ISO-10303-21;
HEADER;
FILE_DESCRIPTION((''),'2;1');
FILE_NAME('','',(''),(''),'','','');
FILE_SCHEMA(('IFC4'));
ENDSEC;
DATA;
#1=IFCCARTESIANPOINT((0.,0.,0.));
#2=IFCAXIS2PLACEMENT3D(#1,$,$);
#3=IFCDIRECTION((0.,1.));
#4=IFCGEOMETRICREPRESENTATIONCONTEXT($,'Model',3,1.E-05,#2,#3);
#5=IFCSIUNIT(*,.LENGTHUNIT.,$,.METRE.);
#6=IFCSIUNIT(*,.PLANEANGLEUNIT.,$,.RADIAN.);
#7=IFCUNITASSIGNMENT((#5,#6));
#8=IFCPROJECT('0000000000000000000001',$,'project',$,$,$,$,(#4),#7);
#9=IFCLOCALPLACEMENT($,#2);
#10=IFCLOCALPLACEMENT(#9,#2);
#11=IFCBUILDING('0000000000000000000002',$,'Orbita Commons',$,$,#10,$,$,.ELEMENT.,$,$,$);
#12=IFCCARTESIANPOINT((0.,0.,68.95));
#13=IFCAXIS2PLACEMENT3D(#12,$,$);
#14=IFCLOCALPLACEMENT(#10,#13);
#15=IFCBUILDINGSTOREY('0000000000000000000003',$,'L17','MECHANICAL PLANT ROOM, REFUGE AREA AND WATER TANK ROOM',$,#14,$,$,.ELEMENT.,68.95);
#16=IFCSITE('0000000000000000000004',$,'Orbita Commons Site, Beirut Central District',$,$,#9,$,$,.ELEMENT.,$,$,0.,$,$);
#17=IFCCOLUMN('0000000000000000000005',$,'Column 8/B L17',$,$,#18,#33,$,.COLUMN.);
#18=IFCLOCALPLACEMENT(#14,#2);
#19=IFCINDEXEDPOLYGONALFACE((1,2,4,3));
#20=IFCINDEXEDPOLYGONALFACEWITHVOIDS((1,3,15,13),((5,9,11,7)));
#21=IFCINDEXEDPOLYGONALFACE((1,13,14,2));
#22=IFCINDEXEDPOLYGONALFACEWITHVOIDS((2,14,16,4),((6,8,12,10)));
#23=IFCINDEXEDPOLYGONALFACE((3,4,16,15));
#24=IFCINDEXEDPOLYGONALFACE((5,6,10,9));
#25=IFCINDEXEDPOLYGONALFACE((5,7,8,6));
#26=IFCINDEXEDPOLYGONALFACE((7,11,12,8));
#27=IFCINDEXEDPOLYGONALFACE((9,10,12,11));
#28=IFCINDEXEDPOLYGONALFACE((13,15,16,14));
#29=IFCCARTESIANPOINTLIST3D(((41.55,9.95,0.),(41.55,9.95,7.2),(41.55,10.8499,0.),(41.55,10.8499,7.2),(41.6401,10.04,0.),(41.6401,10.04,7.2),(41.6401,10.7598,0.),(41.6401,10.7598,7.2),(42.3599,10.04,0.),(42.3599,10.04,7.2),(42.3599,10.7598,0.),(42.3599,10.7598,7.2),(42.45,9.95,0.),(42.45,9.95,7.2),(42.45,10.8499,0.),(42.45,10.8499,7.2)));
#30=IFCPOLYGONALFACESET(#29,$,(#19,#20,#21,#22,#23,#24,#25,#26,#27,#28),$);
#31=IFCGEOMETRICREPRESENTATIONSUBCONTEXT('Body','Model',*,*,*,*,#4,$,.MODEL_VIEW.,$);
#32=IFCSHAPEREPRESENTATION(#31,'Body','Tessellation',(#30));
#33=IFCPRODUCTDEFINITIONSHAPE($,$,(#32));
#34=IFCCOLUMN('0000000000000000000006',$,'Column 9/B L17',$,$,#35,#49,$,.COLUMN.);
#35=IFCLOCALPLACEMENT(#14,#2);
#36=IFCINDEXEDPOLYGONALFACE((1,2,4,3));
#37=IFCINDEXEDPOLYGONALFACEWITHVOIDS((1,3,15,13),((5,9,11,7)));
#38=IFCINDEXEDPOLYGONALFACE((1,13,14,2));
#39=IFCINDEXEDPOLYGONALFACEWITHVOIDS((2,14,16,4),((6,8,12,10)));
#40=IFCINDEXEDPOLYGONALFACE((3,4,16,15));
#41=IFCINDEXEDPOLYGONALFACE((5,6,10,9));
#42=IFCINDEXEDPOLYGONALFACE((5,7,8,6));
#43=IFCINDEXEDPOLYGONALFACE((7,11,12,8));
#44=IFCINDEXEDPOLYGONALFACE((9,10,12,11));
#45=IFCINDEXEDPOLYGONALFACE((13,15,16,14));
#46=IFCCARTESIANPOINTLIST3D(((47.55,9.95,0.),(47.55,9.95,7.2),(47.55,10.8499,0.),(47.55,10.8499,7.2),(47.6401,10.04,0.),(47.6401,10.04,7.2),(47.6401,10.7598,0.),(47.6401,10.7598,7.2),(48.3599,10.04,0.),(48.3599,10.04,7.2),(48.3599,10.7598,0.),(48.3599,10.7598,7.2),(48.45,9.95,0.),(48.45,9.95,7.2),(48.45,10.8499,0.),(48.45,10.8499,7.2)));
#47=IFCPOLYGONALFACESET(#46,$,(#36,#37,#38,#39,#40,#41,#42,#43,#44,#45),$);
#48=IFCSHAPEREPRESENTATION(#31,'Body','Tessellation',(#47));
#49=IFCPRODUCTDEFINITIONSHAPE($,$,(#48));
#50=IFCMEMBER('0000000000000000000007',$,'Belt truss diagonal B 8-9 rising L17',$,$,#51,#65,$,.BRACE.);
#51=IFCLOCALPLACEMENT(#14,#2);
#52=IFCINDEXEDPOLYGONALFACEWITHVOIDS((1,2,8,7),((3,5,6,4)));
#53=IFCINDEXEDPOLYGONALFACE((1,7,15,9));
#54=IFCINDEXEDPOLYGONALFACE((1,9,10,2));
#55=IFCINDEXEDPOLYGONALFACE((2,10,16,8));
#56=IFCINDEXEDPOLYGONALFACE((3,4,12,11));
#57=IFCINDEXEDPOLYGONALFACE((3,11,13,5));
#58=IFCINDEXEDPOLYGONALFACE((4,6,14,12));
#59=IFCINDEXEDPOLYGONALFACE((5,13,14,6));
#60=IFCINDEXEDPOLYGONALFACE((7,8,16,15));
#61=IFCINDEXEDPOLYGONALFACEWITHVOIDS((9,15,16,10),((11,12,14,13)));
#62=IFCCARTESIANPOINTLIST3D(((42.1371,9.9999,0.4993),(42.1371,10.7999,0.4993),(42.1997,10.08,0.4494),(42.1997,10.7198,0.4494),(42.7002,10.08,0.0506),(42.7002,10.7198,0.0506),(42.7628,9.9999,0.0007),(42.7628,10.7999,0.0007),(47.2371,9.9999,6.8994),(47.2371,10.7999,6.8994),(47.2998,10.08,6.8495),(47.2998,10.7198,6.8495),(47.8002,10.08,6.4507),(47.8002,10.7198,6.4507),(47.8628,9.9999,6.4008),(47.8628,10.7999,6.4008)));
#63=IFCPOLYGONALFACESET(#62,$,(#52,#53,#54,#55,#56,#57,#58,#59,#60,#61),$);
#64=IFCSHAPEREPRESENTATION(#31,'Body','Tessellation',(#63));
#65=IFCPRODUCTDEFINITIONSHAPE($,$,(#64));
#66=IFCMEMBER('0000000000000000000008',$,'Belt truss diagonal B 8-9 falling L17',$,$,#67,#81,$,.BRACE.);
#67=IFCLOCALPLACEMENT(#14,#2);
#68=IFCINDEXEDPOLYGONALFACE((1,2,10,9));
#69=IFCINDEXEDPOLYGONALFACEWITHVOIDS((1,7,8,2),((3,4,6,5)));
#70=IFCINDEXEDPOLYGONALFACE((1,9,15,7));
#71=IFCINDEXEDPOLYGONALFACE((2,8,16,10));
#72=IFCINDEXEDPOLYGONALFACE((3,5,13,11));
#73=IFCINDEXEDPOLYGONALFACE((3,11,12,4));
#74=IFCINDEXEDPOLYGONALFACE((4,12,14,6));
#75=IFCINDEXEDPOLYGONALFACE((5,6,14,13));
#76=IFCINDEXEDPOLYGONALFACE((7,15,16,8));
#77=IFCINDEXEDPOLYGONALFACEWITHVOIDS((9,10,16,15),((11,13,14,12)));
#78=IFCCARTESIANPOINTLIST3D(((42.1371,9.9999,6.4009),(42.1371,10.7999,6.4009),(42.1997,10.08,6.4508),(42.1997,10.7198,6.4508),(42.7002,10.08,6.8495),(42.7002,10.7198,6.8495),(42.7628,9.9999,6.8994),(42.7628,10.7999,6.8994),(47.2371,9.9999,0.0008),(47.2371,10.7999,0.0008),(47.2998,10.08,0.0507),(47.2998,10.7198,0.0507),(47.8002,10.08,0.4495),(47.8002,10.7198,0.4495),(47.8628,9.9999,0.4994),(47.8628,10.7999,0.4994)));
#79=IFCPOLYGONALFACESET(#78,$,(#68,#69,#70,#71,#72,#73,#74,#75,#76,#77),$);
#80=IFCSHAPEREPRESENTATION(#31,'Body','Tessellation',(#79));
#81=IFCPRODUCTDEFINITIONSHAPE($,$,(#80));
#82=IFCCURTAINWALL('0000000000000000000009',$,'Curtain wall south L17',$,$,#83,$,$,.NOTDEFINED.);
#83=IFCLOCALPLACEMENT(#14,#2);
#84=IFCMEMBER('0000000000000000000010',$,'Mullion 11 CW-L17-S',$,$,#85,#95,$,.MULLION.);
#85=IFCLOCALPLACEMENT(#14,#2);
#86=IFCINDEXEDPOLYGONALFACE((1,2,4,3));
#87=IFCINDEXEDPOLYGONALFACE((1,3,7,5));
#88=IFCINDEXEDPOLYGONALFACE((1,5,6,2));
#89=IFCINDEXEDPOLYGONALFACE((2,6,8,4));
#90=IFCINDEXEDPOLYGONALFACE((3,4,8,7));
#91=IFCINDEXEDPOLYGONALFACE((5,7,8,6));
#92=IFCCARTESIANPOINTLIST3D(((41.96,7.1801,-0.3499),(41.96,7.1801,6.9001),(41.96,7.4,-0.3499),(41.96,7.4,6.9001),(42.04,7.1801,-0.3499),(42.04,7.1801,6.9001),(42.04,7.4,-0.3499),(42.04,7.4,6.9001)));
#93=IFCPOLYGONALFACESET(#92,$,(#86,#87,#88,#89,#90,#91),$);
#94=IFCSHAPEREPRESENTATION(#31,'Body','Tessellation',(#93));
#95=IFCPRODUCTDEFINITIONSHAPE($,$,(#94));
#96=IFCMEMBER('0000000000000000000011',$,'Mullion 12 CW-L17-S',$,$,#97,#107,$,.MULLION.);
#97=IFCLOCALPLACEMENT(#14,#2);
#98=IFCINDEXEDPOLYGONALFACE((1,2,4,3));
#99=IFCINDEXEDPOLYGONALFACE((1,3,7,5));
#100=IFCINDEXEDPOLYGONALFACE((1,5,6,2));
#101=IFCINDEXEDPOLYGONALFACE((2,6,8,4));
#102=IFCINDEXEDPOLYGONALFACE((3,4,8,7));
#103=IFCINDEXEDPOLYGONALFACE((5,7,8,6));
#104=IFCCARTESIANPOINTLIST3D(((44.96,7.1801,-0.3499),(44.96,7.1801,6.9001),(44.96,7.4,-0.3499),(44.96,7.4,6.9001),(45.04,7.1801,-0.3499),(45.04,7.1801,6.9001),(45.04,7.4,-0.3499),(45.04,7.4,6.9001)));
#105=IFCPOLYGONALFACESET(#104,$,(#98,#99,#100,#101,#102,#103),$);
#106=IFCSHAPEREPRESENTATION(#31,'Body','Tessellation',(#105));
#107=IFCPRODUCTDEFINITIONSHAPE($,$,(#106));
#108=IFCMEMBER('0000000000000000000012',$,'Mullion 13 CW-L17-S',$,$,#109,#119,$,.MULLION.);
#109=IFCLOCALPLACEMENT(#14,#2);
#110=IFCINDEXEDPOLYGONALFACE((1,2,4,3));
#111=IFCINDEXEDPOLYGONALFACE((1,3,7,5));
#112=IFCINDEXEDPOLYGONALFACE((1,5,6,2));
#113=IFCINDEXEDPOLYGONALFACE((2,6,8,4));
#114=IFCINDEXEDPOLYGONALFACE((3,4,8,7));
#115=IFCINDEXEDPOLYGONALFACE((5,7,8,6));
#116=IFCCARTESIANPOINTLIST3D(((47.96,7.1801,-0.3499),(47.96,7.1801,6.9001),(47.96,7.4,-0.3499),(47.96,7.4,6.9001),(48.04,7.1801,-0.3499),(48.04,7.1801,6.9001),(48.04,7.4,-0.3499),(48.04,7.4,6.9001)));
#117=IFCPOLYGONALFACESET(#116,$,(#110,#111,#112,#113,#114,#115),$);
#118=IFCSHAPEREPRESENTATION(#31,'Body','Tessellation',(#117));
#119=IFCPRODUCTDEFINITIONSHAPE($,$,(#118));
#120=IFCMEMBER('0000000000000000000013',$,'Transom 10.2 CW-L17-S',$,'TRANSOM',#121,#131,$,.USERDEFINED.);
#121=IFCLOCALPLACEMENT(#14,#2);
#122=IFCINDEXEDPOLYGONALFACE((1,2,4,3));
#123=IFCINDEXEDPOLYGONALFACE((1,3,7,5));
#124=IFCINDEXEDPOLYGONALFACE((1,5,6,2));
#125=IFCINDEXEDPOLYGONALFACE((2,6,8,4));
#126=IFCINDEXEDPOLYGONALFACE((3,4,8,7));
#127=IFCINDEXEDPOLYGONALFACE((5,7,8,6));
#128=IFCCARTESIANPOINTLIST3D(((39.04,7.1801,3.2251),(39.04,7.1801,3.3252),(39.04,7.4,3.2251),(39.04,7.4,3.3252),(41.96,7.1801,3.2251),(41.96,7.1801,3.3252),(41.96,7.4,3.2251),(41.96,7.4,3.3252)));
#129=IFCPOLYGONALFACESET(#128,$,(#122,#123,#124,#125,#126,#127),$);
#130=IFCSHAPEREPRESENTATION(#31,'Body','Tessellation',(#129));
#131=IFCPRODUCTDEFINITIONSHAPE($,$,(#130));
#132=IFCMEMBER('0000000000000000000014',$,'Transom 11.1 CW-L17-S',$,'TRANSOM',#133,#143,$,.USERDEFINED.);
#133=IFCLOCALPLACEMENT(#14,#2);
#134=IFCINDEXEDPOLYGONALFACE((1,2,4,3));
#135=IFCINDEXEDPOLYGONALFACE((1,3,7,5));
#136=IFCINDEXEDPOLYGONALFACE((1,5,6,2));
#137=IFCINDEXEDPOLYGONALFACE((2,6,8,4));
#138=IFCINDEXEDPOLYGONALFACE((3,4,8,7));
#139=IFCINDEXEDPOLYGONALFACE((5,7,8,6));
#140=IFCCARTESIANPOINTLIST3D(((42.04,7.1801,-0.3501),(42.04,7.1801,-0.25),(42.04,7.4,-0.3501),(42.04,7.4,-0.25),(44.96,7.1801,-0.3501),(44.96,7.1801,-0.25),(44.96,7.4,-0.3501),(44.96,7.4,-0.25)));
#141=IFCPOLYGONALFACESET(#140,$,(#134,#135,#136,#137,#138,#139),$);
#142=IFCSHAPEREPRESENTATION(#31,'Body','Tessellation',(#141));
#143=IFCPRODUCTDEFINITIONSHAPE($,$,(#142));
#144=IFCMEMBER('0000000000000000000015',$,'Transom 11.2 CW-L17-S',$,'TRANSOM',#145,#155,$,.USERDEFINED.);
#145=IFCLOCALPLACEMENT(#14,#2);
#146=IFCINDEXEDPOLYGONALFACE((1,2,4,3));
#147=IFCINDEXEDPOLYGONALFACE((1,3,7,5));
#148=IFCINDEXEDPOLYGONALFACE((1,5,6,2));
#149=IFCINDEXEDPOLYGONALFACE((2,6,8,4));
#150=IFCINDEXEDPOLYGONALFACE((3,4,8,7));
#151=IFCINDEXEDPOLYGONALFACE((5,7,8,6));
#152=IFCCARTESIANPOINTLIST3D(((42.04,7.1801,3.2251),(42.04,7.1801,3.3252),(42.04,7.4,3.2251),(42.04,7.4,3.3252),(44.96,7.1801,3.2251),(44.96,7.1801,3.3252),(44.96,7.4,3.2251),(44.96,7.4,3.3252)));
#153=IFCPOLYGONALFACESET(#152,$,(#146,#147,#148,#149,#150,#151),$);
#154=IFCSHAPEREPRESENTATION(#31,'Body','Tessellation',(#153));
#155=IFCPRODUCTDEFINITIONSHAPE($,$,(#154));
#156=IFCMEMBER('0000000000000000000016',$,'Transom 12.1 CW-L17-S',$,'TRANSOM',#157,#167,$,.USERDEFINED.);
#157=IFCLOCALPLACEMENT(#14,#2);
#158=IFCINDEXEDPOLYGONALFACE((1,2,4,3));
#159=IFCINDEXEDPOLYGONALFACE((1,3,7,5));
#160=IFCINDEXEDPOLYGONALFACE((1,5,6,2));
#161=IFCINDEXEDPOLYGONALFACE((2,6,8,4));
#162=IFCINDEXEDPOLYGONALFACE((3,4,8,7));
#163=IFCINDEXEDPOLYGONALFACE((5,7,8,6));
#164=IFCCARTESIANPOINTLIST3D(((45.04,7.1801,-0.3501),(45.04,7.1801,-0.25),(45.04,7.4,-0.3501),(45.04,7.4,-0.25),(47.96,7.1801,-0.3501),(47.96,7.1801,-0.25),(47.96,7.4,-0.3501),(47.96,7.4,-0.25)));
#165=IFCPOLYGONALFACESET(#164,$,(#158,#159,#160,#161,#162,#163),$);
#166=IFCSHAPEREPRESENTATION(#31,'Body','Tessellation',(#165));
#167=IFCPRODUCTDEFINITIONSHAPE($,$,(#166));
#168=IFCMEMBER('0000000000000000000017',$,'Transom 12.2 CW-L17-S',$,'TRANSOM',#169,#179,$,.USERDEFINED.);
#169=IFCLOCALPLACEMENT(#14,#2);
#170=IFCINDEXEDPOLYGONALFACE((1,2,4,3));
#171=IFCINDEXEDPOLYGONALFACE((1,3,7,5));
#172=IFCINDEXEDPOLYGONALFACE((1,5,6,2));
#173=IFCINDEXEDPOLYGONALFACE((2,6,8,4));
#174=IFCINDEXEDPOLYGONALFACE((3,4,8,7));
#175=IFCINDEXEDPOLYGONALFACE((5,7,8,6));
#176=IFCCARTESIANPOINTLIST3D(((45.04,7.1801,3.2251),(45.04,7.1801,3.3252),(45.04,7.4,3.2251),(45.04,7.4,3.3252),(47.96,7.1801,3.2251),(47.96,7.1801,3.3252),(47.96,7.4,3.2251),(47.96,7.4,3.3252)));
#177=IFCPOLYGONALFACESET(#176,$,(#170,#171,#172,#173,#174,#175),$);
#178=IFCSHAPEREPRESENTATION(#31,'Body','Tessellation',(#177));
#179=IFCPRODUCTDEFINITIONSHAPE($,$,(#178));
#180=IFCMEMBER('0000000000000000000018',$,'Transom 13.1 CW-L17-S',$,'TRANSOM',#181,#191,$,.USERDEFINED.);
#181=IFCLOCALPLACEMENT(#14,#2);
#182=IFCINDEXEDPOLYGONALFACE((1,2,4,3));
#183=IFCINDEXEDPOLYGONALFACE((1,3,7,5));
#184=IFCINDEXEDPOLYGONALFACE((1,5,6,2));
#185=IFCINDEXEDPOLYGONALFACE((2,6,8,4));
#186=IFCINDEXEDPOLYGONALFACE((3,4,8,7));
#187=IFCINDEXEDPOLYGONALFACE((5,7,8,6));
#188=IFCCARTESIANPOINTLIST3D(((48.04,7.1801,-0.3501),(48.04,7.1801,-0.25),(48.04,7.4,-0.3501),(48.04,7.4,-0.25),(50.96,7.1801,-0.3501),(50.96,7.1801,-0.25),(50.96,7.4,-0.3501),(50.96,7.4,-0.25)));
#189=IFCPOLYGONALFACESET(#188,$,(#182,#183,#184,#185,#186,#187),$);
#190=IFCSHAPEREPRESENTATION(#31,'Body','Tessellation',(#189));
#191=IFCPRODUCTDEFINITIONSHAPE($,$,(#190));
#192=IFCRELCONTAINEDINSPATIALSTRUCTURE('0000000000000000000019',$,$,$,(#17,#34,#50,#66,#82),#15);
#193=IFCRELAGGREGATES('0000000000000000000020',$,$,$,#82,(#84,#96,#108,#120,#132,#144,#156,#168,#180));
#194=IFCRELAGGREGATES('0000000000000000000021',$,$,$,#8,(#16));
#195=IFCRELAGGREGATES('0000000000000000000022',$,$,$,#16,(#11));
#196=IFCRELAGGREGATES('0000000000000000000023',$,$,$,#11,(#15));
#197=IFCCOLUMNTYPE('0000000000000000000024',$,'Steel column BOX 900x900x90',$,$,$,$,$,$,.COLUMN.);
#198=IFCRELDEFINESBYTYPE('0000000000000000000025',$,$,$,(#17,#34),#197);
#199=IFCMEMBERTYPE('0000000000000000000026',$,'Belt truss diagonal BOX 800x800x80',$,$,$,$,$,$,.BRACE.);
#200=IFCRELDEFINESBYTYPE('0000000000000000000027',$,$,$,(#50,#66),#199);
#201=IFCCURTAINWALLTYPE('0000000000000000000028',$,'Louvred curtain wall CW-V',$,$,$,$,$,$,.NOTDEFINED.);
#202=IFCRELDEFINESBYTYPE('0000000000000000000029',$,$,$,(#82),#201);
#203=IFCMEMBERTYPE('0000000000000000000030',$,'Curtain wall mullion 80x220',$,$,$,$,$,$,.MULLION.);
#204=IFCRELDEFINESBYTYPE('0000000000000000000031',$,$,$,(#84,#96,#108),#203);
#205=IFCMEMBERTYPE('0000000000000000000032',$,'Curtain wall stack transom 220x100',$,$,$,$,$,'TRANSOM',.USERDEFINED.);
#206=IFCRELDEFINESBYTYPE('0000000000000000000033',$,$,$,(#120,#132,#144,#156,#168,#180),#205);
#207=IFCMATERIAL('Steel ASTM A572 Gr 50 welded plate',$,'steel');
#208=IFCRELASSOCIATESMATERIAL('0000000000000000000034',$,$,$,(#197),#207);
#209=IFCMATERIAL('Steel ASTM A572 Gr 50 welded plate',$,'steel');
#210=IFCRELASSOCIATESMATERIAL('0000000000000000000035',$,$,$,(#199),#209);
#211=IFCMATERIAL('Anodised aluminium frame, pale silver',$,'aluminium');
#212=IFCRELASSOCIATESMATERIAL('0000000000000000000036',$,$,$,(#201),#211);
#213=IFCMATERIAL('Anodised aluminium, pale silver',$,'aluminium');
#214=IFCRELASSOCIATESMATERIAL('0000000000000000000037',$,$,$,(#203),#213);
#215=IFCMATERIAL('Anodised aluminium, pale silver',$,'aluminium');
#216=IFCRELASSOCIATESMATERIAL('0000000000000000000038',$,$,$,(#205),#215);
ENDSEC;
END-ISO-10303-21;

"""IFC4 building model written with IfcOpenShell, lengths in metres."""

from ifc_helpers import new_model, si_unit, direction, frame, origin, origin_2d, place, context, subcontext, project, spatial, rectangle, hollow_rectangle, extrude, material, material_profile, profile_set, type_object, element, aggregate, save


model = new_model("IFC4")

# Units and contexts
model_context = context("Model", 3, precision=1e-05, world=origin(), true_north=direction((0.0, 1.0)))
body_context = subcontext(model_context, "Body", "Model", "MODEL_VIEW")
ifc_project = project(units=[si_unit("LENGTHUNIT", "METRE"), si_unit("PLANEANGLEUNIT", "RADIAN")], contexts=[model_context])

# Site, building, storey
site_placement = place(None, origin())
site = spatial("IfcSite", under=ifc_project, at=site_placement, Name="Orbita Commons Site, Beirut Central District", CompositionType="ELEMENT", RefElevation=0.0)
building_placement = place(site_placement, origin())
building = spatial("IfcBuilding", under=site, at=building_placement, Name="Orbita Commons", CompositionType="ELEMENT")
storey_placement = place(building_placement, frame((0.0, 0.0, 68.95)))
storey = spatial("IfcBuildingStorey", under=building, at=storey_placement, Name="L17", Description="MECHANICAL PLANT ROOM, REFUGE AREA AND WATER TANK ROOM", CompositionType="ELEMENT", Elevation=68.95)

# Columns
ifc_material_1 = material(Name="Steel ASTM A572 Gr 50 welded plate", Category="steel")
ifc_material_profile_1 = material_profile(ifc_material_1, hollow_rectangle(XDim=0.8999, YDim=0.8999, WallThickness=0.0901, at=origin_2d()), Name="BOX 900x900x90")
ifc_profile_set_1 = profile_set([ifc_material_profile_1], Name="Steel ASTM A572 Gr 50 welded plate")
column_type = type_object("IfcColumnType", Name="Steel column BOX 900x900x90", PredefinedType="COLUMN", material=ifc_profile_set_1)
for number, where, z_axis, x_axis, name in (
    (1, (42.0, 10.3999, 0.0), (0.0, 0.0, 1.0), (1.0, 0.0, 0.0), "Column 8/B L17"),
    (2, (48.0, 10.3999, 0.0), (0.0, 0.0, 1.0), (1.0, 0.0, 0.0), "Column 9/B L17"),
):
    element("IfcColumn", number, at=place(storey_placement, frame(where, z_axis=z_axis, x_axis=x_axis)), inside=storey, type_object=column_type, Name=name, PredefinedType="COLUMN", context=body_context, shape_type="SweptSolid", body=[
        extrude(hollow_rectangle(XDim=0.8999, YDim=0.8999, WallThickness=0.0901, at=origin_2d()), origin(), (0.0, 0.0, 1.0), 7.2),
    ])

# Members
ifc_material_2 = material(Name="Steel ASTM A572 Gr 50 welded plate", Category="steel")
ifc_material_profile_2 = material_profile(ifc_material_2, hollow_rectangle(XDim=0.8, YDim=0.8, WallThickness=0.0801, at=origin_2d()), Name="BOX 800x800x80")
ifc_profile_set_2 = profile_set([ifc_material_profile_2], Name="Steel ASTM A572 Gr 50 welded plate")
member_type_1 = type_object("IfcMemberType", Name="Belt truss diagonal BOX 800x800x80", PredefinedType="BRACE", material=ifc_profile_set_2)
for number, where, z_axis, x_axis, name in (
    (3, (42.45, 10.3999, 0.25), (0.623202, 0.0, 0.782061), (0.0, 1.0, 0.0), "Belt truss diagonal B 8-9 rising L17"),
    (4, (42.45, 10.3999, 6.6501), (0.623202, 0.0, -0.782061), (0.0, 1.0, 0.0), "Belt truss diagonal B 8-9 falling L17"),
):
    element("IfcMember", number, at=place(storey_placement, frame(where, z_axis=z_axis, x_axis=x_axis)), inside=storey, type_object=member_type_1, Name=name, PredefinedType="BRACE", context=body_context, shape_type="SweptSolid", body=[
        extrude(hollow_rectangle(XDim=0.8, YDim=0.8, WallThickness=0.0801, at=origin_2d()), origin(), (0.0, 0.0, 1.0), 8.1836),
    ])

# Curtain wall, members
ifc_material_3 = material(Name="Anodised aluminium frame, pale silver", Category="aluminium")
curtain_wall_type = type_object("IfcCurtainWallType", Name="Louvred curtain wall CW-V", PredefinedType="NOTDEFINED", material=ifc_material_3)
curtain_wall_placement = place(storey_placement, origin())
curtain_wall = element("IfcCurtainWall", 5, at=curtain_wall_placement, inside=storey, type_object=curtain_wall_type, Name="Curtain wall south L17", PredefinedType="NOTDEFINED")
ifc_material_4 = material(Name="Anodised aluminium, pale silver", Category="aluminium")
ifc_material_profile_3 = material_profile(ifc_material_4, rectangle(XDim=0.0801, YDim=0.22, at=origin_2d()), Name="AL 80x220")
ifc_profile_set_3 = profile_set([ifc_material_profile_3], Name="Anodised aluminium, pale silver")
member_type_2 = type_object("IfcMemberType", Name="Curtain wall mullion 80x220", PredefinedType="MULLION", material=ifc_profile_set_3)
member_1_placement = place(storey_placement, frame((42.0, 7.29, -0.3499), z_axis=(0.0, 0.0, 1.0), x_axis=(1.0, 0.0, 0.0)))
member_1 = element("IfcMember", 6, at=member_1_placement, type_object=member_type_2, Name="Mullion 11 CW-L17-S", PredefinedType="MULLION", context=body_context, shape_type="SweptSolid", body=[
    extrude(rectangle(XDim=0.0801, YDim=0.22, at=origin_2d()), origin(), (0.0, 0.0, 1.0), 7.25),
])
member_2_placement = place(storey_placement, frame((45.0, 7.29, -0.3499), z_axis=(0.0, 0.0, 1.0), x_axis=(1.0, 0.0, 0.0)))
member_2 = element("IfcMember", 7, at=member_2_placement, type_object=member_type_2, Name="Mullion 12 CW-L17-S", PredefinedType="MULLION", context=body_context, shape_type="SweptSolid", body=[
    extrude(rectangle(XDim=0.0801, YDim=0.22, at=origin_2d()), origin(), (0.0, 0.0, 1.0), 7.25),
])
member_3_placement = place(storey_placement, frame((48.0, 7.29, -0.3499), z_axis=(0.0, 0.0, 1.0), x_axis=(1.0, 0.0, 0.0)))
member_3 = element("IfcMember", 8, at=member_3_placement, type_object=member_type_2, Name="Mullion 13 CW-L17-S", PredefinedType="MULLION", context=body_context, shape_type="SweptSolid", body=[
    extrude(rectangle(XDim=0.0801, YDim=0.22, at=origin_2d()), origin(), (0.0, 0.0, 1.0), 7.25),
])
ifc_material_5 = material(Name="Anodised aluminium, pale silver", Category="aluminium")
ifc_material_profile_4 = material_profile(ifc_material_5, rectangle(XDim=0.22, YDim=0.1001, at=origin_2d()), Name="AL 220x100")
ifc_profile_set_4 = profile_set([ifc_material_profile_4], Name="Anodised aluminium, pale silver")
member_type_3 = type_object("IfcMemberType", Name="Curtain wall stack transom 220x100", ElementType="TRANSOM", PredefinedType="USERDEFINED", material=ifc_profile_set_4)
member_4_placement = place(storey_placement, frame((39.04, 7.29, 3.2751), z_axis=(1.0, 0.0, 0.0), x_axis=(0.0, 1.0, 0.0)))
member_4 = element("IfcMember", 9, at=member_4_placement, type_object=member_type_3, Name="Transom 10.2 CW-L17-S", ObjectType="TRANSOM", PredefinedType="USERDEFINED", context=body_context, shape_type="SweptSolid", body=[
    extrude(rectangle(XDim=0.22, YDim=0.1001, at=origin_2d()), origin(), (0.0, 0.0, 1.0), 2.9199),
])
member_5_placement = place(storey_placement, frame((42.04, 7.29, -0.3), z_axis=(1.0, 0.0, 0.0), x_axis=(0.0, 1.0, 0.0)))
member_5 = element("IfcMember", 10, at=member_5_placement, type_object=member_type_3, Name="Transom 11.1 CW-L17-S", ObjectType="TRANSOM", PredefinedType="USERDEFINED", context=body_context, shape_type="SweptSolid", body=[
    extrude(rectangle(XDim=0.22, YDim=0.1001, at=origin_2d()), origin(), (0.0, 0.0, 1.0), 2.9199),
])
member_6_placement = place(storey_placement, frame((42.04, 7.29, 3.2751), z_axis=(1.0, 0.0, 0.0), x_axis=(0.0, 1.0, 0.0)))
member_6 = element("IfcMember", 11, at=member_6_placement, type_object=member_type_3, Name="Transom 11.2 CW-L17-S", ObjectType="TRANSOM", PredefinedType="USERDEFINED", context=body_context, shape_type="SweptSolid", body=[
    extrude(rectangle(XDim=0.22, YDim=0.1001, at=origin_2d()), origin(), (0.0, 0.0, 1.0), 2.9199),
])
member_7_placement = place(storey_placement, frame((45.04, 7.29, -0.3), z_axis=(1.0, 0.0, 0.0), x_axis=(0.0, 1.0, 0.0)))
member_7 = element("IfcMember", 12, at=member_7_placement, type_object=member_type_3, Name="Transom 12.1 CW-L17-S", ObjectType="TRANSOM", PredefinedType="USERDEFINED", context=body_context, shape_type="SweptSolid", body=[
    extrude(rectangle(XDim=0.22, YDim=0.1001, at=origin_2d()), origin(), (0.0, 0.0, 1.0), 2.9199),
])
member_8_placement = place(storey_placement, frame((45.04, 7.29, 3.2751), z_axis=(1.0, 0.0, 0.0), x_axis=(0.0, 1.0, 0.0)))
member_8 = element("IfcMember", 13, at=member_8_placement, type_object=member_type_3, Name="Transom 12.2 CW-L17-S", ObjectType="TRANSOM", PredefinedType="USERDEFINED", context=body_context, shape_type="SweptSolid", body=[
    extrude(rectangle(XDim=0.22, YDim=0.1001, at=origin_2d()), origin(), (0.0, 0.0, 1.0), 2.9199),
])
member_9_placement = place(storey_placement, frame((48.04, 7.29, -0.3), z_axis=(1.0, 0.0, 0.0), x_axis=(0.0, 1.0, 0.0)))
member_9 = element("IfcMember", 14, at=member_9_placement, type_object=member_type_3, Name="Transom 13.1 CW-L17-S", ObjectType="TRANSOM", PredefinedType="USERDEFINED", context=body_context, shape_type="SweptSolid", body=[
    extrude(rectangle(XDim=0.22, YDim=0.1001, at=origin_2d()), origin(), (0.0, 0.0, 1.0), 2.9199),
])

aggregate(curtain_wall, [member_1, member_2, member_3, member_4, member_5, member_6, member_7, member_8, member_9])

save(model, "model.ifc")
